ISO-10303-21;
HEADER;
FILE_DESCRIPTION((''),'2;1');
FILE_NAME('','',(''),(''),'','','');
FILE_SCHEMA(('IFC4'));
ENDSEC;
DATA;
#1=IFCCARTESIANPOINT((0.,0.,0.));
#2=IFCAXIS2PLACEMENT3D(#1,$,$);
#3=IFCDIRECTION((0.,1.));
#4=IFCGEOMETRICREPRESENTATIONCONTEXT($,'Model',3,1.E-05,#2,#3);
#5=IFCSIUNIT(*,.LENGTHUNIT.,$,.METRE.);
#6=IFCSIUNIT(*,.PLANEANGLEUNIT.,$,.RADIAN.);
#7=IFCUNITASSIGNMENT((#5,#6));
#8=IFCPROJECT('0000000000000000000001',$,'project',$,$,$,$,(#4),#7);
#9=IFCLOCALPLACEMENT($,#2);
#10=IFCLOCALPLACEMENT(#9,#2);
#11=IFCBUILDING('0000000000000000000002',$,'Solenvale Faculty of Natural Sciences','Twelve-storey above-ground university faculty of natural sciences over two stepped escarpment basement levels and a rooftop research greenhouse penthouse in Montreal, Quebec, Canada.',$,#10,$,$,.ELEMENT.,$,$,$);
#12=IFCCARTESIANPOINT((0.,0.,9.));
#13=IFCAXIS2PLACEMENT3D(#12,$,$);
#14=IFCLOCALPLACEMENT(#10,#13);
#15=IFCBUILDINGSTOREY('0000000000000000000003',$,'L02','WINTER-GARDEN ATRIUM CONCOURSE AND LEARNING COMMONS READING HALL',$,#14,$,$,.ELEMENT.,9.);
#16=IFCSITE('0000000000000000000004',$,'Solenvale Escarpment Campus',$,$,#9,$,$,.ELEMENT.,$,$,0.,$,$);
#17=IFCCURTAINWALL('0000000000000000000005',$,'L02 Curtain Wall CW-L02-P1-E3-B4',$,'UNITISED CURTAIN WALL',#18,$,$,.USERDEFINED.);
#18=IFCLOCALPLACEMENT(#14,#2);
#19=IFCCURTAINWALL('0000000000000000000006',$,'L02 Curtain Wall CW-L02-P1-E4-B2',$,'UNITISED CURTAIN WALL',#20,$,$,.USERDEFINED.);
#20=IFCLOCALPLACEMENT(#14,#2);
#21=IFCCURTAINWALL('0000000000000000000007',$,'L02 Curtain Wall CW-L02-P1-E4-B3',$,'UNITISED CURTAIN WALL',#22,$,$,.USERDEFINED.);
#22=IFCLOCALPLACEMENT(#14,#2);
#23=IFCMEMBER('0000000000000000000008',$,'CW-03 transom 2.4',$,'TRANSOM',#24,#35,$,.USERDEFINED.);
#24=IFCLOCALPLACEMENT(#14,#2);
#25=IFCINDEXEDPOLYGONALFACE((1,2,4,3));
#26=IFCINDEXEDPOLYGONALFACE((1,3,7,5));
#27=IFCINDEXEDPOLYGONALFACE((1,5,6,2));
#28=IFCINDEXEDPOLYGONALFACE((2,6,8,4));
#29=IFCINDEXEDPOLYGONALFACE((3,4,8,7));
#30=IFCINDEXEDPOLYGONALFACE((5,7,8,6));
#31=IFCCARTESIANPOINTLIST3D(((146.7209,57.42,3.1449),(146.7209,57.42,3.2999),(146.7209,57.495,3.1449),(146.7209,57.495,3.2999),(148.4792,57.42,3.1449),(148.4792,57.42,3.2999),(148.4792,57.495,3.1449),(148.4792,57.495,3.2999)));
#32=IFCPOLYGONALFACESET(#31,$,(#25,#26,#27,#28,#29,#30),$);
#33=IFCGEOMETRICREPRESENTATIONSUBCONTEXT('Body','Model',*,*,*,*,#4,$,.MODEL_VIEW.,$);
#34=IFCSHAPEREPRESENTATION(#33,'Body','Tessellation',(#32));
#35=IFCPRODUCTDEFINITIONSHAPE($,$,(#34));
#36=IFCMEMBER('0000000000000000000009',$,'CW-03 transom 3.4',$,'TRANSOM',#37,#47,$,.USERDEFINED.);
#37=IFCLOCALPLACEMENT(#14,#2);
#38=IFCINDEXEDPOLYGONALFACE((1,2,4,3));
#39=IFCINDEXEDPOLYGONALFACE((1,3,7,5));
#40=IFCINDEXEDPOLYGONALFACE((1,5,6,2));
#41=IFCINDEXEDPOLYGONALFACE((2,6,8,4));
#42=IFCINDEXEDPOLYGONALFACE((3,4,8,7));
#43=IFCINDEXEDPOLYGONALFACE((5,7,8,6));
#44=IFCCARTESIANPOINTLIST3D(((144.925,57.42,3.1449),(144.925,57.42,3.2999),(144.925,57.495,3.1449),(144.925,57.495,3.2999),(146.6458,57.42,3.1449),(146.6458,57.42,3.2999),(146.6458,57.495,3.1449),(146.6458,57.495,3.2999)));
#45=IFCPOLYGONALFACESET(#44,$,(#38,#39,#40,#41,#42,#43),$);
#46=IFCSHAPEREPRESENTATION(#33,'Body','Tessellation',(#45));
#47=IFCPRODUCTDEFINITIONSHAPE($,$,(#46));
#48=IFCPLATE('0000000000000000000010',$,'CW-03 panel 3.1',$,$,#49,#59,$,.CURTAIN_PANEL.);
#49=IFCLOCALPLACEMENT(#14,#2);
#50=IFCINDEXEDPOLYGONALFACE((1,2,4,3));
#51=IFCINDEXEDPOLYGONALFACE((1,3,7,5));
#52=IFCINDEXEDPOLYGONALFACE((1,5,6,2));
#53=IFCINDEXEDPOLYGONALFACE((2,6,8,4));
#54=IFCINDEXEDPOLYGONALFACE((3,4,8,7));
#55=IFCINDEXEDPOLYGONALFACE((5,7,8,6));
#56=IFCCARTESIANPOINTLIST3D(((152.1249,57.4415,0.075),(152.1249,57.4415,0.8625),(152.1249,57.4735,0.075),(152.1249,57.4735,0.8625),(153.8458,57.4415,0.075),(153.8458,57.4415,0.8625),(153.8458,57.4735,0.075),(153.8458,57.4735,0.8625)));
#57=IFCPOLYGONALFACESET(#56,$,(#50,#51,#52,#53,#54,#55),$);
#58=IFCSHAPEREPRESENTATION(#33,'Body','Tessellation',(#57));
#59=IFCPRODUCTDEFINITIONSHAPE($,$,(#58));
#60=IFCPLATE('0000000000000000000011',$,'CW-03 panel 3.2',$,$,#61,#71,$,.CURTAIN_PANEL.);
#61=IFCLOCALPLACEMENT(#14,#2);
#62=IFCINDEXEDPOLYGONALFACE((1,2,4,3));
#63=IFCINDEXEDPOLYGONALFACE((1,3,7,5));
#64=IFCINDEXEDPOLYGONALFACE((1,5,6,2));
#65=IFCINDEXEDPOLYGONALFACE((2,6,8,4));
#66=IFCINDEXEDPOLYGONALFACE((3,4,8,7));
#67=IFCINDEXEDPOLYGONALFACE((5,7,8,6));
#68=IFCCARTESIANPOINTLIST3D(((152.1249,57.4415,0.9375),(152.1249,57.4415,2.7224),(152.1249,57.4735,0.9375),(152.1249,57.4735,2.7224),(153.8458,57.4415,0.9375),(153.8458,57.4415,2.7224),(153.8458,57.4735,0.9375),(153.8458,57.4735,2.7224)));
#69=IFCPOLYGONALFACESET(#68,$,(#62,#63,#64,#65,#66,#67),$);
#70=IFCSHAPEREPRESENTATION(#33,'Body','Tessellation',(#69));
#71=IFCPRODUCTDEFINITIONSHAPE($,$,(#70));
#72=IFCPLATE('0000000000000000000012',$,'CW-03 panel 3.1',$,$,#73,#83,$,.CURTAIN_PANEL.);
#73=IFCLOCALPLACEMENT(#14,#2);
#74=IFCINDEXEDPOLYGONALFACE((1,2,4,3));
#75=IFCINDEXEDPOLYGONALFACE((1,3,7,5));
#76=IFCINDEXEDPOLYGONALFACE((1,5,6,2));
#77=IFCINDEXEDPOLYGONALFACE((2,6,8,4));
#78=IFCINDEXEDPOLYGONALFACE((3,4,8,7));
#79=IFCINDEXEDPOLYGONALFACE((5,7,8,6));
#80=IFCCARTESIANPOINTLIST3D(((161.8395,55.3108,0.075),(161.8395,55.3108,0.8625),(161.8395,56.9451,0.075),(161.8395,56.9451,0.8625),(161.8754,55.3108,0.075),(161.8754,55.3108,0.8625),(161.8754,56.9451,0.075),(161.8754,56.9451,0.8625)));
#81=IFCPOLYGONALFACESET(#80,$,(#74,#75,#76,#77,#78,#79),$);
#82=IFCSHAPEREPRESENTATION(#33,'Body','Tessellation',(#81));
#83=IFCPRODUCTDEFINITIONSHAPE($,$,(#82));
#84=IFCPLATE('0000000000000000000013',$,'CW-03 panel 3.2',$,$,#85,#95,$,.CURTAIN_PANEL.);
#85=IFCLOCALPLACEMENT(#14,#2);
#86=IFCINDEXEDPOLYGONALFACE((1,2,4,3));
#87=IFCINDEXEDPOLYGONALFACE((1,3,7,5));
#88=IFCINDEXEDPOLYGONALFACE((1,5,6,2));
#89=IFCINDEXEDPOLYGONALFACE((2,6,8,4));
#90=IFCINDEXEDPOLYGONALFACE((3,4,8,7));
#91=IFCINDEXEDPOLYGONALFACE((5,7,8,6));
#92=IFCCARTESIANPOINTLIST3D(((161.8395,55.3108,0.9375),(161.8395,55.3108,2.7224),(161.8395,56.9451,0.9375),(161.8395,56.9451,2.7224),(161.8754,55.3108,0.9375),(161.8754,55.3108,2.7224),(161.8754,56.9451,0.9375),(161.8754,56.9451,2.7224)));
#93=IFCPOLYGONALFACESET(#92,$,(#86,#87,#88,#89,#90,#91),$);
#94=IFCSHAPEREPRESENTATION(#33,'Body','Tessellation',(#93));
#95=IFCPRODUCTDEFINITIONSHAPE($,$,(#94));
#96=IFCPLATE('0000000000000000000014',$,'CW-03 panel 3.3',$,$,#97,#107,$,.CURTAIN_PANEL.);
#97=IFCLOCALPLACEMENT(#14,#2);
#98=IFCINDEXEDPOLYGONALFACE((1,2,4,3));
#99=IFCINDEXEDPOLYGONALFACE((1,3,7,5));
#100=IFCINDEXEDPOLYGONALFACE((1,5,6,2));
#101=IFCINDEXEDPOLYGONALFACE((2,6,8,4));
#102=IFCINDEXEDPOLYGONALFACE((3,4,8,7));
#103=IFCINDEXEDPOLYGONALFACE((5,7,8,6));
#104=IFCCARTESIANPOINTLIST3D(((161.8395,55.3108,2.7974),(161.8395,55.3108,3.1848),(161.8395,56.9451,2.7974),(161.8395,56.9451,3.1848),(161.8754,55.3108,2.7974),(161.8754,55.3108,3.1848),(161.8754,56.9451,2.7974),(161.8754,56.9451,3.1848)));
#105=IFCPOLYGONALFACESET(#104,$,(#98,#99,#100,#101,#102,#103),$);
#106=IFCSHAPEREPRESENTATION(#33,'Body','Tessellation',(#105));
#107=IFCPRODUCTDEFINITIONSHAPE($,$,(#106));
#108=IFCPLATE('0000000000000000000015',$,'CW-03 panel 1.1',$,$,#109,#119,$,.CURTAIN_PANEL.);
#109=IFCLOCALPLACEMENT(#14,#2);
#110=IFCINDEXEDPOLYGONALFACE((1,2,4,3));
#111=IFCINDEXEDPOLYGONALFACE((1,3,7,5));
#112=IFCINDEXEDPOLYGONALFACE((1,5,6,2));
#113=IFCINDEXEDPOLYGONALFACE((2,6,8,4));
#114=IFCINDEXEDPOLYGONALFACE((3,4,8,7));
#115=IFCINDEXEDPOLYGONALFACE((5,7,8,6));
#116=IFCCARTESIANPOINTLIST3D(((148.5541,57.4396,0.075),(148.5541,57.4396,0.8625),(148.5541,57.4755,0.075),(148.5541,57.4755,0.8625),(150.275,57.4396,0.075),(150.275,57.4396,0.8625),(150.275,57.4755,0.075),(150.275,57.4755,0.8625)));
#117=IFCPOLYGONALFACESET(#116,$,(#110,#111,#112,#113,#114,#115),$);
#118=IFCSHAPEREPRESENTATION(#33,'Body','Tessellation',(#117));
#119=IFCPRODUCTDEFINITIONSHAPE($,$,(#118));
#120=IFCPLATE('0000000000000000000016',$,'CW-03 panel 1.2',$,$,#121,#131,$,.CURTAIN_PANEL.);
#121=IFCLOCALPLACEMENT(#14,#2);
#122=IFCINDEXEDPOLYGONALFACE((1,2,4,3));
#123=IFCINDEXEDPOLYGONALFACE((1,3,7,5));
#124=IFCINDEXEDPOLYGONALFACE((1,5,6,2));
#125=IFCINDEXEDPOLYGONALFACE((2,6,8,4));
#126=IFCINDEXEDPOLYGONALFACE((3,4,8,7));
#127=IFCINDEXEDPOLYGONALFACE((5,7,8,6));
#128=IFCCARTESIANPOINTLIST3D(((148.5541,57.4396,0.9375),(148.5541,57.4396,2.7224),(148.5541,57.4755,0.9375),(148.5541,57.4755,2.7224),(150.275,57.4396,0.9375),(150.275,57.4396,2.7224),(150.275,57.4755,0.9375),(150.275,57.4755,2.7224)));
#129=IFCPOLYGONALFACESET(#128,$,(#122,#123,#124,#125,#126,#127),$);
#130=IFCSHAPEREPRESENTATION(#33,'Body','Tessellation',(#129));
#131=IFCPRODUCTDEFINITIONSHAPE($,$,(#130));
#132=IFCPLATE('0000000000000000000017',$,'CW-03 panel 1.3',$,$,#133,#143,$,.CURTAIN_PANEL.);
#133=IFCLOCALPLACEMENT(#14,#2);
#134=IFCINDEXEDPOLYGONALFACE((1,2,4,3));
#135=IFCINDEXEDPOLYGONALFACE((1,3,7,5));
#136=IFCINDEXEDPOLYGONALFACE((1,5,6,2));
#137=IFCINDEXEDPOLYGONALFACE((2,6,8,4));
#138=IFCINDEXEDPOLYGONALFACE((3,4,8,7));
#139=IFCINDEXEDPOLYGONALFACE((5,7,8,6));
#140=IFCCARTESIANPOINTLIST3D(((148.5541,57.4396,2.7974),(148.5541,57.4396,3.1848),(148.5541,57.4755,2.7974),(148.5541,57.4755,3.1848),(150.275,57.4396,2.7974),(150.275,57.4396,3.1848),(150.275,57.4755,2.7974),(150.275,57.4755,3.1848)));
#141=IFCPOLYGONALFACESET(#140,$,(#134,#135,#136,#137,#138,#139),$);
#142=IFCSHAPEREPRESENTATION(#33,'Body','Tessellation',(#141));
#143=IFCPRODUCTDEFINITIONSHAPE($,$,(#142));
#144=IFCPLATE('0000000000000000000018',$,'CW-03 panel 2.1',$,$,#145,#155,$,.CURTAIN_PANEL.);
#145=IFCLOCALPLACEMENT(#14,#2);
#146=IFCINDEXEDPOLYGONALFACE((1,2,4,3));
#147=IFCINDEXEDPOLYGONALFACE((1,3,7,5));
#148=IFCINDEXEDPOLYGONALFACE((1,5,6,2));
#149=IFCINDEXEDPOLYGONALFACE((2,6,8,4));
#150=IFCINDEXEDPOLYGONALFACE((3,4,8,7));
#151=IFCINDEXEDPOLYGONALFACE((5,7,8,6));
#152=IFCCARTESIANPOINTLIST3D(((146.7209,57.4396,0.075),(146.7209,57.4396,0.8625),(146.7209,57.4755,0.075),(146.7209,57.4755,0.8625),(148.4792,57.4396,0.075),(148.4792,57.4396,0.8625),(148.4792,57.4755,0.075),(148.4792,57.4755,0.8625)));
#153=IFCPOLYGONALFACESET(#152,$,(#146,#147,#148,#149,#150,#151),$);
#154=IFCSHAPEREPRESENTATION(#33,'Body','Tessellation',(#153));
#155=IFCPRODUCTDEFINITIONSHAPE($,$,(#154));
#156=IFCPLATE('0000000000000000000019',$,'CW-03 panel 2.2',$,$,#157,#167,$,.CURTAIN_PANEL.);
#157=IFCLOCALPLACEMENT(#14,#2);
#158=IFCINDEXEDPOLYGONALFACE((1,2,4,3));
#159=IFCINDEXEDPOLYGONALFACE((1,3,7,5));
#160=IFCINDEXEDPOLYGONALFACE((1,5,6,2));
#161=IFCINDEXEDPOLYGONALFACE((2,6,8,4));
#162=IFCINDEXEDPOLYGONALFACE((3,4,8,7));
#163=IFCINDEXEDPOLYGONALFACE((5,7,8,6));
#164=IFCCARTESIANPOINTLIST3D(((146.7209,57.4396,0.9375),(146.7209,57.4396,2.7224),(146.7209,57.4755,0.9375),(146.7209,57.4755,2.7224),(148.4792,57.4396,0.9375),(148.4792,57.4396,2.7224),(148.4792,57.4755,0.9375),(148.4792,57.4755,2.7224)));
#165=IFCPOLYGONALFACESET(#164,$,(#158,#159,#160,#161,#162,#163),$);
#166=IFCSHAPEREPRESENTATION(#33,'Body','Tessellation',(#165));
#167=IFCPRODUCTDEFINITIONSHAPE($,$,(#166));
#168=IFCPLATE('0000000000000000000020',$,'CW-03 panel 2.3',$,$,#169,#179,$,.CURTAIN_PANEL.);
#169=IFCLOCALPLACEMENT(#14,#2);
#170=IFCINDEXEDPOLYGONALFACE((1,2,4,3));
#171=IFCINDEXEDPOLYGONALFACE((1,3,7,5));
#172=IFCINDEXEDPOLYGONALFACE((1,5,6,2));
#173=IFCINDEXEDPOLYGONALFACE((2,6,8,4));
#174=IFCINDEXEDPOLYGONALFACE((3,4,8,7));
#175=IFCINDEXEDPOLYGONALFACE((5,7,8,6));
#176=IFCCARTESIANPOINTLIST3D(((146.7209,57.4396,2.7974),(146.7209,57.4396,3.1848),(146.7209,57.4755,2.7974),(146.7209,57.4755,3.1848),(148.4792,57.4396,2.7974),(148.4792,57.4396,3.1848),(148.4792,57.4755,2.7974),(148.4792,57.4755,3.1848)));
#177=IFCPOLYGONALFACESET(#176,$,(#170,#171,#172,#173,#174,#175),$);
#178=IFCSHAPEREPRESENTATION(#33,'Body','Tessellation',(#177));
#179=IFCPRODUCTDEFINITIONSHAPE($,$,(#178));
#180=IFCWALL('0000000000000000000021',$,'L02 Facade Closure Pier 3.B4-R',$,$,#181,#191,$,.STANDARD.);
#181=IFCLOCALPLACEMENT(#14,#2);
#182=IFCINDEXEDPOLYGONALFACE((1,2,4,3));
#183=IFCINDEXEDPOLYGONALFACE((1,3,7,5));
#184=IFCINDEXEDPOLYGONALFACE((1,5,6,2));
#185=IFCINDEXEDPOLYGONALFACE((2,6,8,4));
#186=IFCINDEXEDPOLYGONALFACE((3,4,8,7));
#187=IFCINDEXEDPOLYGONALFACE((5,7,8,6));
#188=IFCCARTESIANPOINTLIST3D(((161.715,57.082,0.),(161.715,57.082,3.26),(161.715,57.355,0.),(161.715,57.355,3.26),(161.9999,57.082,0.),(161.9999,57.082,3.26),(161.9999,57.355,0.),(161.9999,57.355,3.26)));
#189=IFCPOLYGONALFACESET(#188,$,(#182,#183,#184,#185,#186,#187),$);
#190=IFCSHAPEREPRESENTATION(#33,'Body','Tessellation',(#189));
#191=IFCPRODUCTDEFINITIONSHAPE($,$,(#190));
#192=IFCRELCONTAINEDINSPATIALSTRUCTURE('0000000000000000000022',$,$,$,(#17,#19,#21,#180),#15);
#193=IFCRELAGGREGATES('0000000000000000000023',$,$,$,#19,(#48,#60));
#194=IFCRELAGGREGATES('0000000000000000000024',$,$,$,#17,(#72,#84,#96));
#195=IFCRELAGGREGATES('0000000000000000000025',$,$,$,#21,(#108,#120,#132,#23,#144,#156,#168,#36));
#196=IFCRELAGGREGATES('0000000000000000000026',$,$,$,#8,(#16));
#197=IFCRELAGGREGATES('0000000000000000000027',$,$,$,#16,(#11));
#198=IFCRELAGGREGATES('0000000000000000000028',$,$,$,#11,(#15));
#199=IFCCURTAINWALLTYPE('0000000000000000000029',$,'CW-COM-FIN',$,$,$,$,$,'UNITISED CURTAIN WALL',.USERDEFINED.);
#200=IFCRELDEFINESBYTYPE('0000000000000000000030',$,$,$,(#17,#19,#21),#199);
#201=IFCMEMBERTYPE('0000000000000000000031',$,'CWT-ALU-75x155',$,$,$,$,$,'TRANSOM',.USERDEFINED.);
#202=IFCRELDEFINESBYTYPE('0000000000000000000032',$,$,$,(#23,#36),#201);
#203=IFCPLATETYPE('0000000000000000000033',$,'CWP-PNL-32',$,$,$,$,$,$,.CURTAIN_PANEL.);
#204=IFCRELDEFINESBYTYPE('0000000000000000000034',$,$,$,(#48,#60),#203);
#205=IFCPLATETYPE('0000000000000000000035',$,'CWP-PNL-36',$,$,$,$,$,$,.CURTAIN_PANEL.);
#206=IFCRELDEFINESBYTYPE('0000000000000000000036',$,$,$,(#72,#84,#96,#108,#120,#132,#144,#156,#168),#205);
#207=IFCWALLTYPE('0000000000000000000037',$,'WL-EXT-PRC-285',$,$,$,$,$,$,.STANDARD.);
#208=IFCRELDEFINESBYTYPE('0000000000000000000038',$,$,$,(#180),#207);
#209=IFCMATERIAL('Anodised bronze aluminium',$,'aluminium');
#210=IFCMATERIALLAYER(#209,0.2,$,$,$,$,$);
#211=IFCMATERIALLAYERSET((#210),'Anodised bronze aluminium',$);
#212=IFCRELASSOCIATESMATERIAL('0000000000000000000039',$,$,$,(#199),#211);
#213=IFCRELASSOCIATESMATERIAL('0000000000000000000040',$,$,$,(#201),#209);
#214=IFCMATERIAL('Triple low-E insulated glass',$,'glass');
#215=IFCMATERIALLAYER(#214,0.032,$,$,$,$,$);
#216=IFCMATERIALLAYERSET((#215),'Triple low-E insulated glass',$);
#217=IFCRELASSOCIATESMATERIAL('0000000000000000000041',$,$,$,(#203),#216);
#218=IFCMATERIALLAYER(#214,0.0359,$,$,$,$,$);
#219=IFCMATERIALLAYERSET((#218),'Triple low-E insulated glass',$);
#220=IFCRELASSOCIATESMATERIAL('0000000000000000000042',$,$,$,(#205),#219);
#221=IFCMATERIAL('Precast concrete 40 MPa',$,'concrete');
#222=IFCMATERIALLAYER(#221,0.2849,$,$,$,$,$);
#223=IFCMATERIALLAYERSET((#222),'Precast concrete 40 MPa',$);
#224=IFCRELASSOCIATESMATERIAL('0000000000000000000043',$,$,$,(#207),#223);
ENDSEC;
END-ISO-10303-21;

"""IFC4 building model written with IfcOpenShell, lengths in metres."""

from ifc_helpers import new_model, si_unit, direction, frame, frame_2d, origin, origin_2d, place, context, subcontext, project, spatial, rectangle, extrude, material, layer, layer_set, material_profile, profile_set, type_object, element, aggregate, save


model = new_model("IFC4")

# Units and contexts
model_context = context("Model", 3, precision=1e-05, world=origin(), true_north=direction((0.0, 1.0)))
body_context = subcontext(model_context, "Body", "Model", "MODEL_VIEW")
ifc_project = project(units=[si_unit("LENGTHUNIT", "METRE"), si_unit("PLANEANGLEUNIT", "RADIAN")], contexts=[model_context])

# Site, building, storey
site_placement = place(None, origin())
site = spatial("IfcSite", under=ifc_project, at=site_placement, Name="Solenvale Escarpment Campus", CompositionType="ELEMENT", RefElevation=0.0)
building_placement = place(site_placement, origin())
building = spatial("IfcBuilding", under=site, at=building_placement, Name="Solenvale Faculty of Natural Sciences", Description="Twelve-storey above-ground university faculty of natural sciences over two stepped escarpment basement levels and a rooftop research greenhouse penthouse in Montreal, Quebec, Canada.", CompositionType="ELEMENT")
storey_placement = place(building_placement, frame((0.0, 0.0, 9.0)))
storey = spatial("IfcBuildingStorey", under=building, at=storey_placement, Name="L02", Description="WINTER-GARDEN ATRIUM CONCOURSE AND LEARNING COMMONS READING HALL", CompositionType="ELEMENT", Elevation=9.0)

# Curtain walls
ifc_material_1 = material(Name="Anodised bronze aluminium", Category="aluminium")
ifc_layer_1 = layer(ifc_material_1, 0.2)
ifc_layer_set_1 = layer_set([ifc_layer_1], Name="Anodised bronze aluminium")
curtain_wall_type = type_object("IfcCurtainWallType", Name="CW-COM-FIN", ElementType="UNITISED CURTAIN WALL", PredefinedType="USERDEFINED", material=ifc_layer_set_1)
curtain_wall_1_placement = place(storey_placement, origin())
curtain_wall_1 = element("IfcCurtainWall", 1, at=curtain_wall_1_placement, inside=storey, type_object=curtain_wall_type, Name="L02 Curtain Wall CW-L02-P1-E3-B4", ObjectType="UNITISED CURTAIN WALL", PredefinedType="USERDEFINED")
curtain_wall_2_placement = place(storey_placement, origin())
curtain_wall_2 = element("IfcCurtainWall", 2, at=curtain_wall_2_placement, inside=storey, type_object=curtain_wall_type, Name="L02 Curtain Wall CW-L02-P1-E4-B2", ObjectType="UNITISED CURTAIN WALL", PredefinedType="USERDEFINED")

# Curtain wall
curtain_wall_3_placement = place(storey_placement, origin())
curtain_wall_3 = element("IfcCurtainWall", 3, at=curtain_wall_3_placement, inside=storey, type_object=curtain_wall_type, Name="L02 Curtain Wall CW-L02-P1-E4-B3", ObjectType="UNITISED CURTAIN WALL", PredefinedType="USERDEFINED")

# Members
ifc_material_profile_1 = material_profile(ifc_material_1, rectangle(XDim=0.075, YDim=0.155, at=origin_2d()), Name="ALU-TRN-75x155")
ifc_profile_set_1 = profile_set([ifc_material_profile_1], Name="Anodised bronze aluminium")
member_type_1 = type_object("IfcMemberType", Name="CWT-ALU-75x155", ElementType="TRANSOM", PredefinedType="USERDEFINED", material=ifc_profile_set_1)
member_1_placement = place(storey_placement, frame((148.4792, 57.4575, 3.2224), z_axis=(-1.0, 0.0, 0.0), x_axis=(0.0, -1.0, 0.0)))
member_1 = element("IfcMember", 4, at=member_1_placement, type_object=member_type_1, Name="CW-03 transom 2.4", ObjectType="TRANSOM", PredefinedType="USERDEFINED", context=body_context, shape_type="SweptSolid", body=[
    extrude(rectangle(XDim=0.075, YDim=0.155, at=origin_2d()), origin(), (0.0, 0.0, 1.0), 1.7583),
])
member_2_placement = place(storey_placement, frame((146.6458, 57.4575, 3.2224), z_axis=(-1.0, 0.0, 0.0), x_axis=(0.0, -1.0, 0.0)))
member_2 = element("IfcMember", 5, at=member_2_placement, type_object=member_type_1, Name="CW-03 transom 3.4", ObjectType="TRANSOM", PredefinedType="USERDEFINED", context=body_context, shape_type="SweptSolid", body=[
    extrude(rectangle(XDim=0.075, YDim=0.155, at=origin_2d()), origin(), (0.0, 0.0, 1.0), 1.7207),
])

# Plates
ifc_material_2 = material(Name="Triple low-E insulated glass", Category="glass")
ifc_layer_2 = layer(ifc_material_2, 0.032)
ifc_layer_set_2 = layer_set([ifc_layer_2], Name="Triple low-E insulated glass")
plate_type_1 = type_object("IfcPlateType", Name="CWP-PNL-32", PredefinedType="CURTAIN_PANEL", material=ifc_layer_set_2)
plate_1_placement = place(storey_placement, frame((152.9854, 57.4575, 0.075), z_axis=(0.0, 0.0, 1.0), x_axis=(-1.0, 0.0, 0.0)))
plate_1 = element("IfcPlate", 6, at=plate_1_placement, type_object=plate_type_1, Name="CW-03 panel 3.1", PredefinedType="CURTAIN_PANEL", context=body_context, shape_type="SweptSolid", body=[
    extrude(rectangle(XDim=1.7209, YDim=0.032, at=origin_2d()), origin(), (0.0, 0.0, 1.0), 0.7876),
])
plate_2_placement = place(storey_placement, frame((152.9854, 57.4575, 0.9375), z_axis=(0.0, 0.0, 1.0), x_axis=(-1.0, 0.0, 0.0)))
plate_2 = element("IfcPlate", 7, at=plate_2_placement, type_object=plate_type_1, Name="CW-03 panel 3.2", PredefinedType="CURTAIN_PANEL", context=body_context, shape_type="SweptSolid", body=[
    extrude(rectangle(XDim=1.7209, YDim=0.032, at=origin_2d()), origin(), (0.0, 0.0, 1.0), 1.7849),
])
aggregate(curtain_wall_2, [plate_1, plate_2])
ifc_layer_3 = layer(ifc_material_2, 0.0359)
ifc_layer_set_3 = layer_set([ifc_layer_3], Name="Triple low-E insulated glass")
plate_type_2 = type_object("IfcPlateType", Name="CWP-PNL-36", PredefinedType="CURTAIN_PANEL", material=ifc_layer_set_3)
plate_3_placement = place(storey_placement, frame((161.8574, 56.1279, 0.075), z_axis=(0.0, 0.0, 1.0), x_axis=(0.0, 1.0, 0.0)))
plate_3 = element("IfcPlate", 8, at=plate_3_placement, type_object=plate_type_2, Name="CW-03 panel 3.1", PredefinedType="CURTAIN_PANEL", context=body_context, shape_type="SweptSolid", body=[
    extrude(rectangle(XDim=1.6343, YDim=0.0359, at=origin_2d()), origin(), (0.0, 0.0, 1.0), 0.7876),
])
plate_4_placement = place(storey_placement, frame((161.8574, 56.1279, 0.9375), z_axis=(0.0, 0.0, 1.0), x_axis=(0.0, 1.0, 0.0)))
plate_4 = element("IfcPlate", 9, at=plate_4_placement, type_object=plate_type_2, Name="CW-03 panel 3.2", PredefinedType="CURTAIN_PANEL", context=body_context, shape_type="SweptSolid", body=[
    extrude(rectangle(XDim=1.6343, YDim=0.0359, at=origin_2d()), origin(), (0.0, 0.0, 1.0), 1.7849),
])
plate_5_placement = place(storey_placement, frame((161.8574, 56.1279, 2.7974), z_axis=(0.0, 0.0, 1.0), x_axis=(0.0, 1.0, 0.0)))
plate_5 = element("IfcPlate", 10, at=plate_5_placement, type_object=plate_type_2, Name="CW-03 panel 3.3", PredefinedType="CURTAIN_PANEL", context=body_context, shape_type="SweptSolid", body=[
    extrude(rectangle(XDim=1.6343, YDim=0.0359, at=origin_2d()), origin(), (0.0, 0.0, 1.0), 0.3875),
])
aggregate(curtain_wall_1, [plate_3, plate_4, plate_5])
plate_6_placement = place(storey_placement, frame((149.4146, 57.4575, 0.075), z_axis=(0.0, 0.0, 1.0), x_axis=(-1.0, 0.0, 0.0)))
plate_6 = element("IfcPlate", 11, at=plate_6_placement, type_object=plate_type_2, Name="CW-03 panel 1.1", PredefinedType="CURTAIN_PANEL", context=body_context, shape_type="SweptSolid", body=[
    extrude(rectangle(XDim=1.7209, YDim=0.0359, at=origin_2d()), origin(), (0.0, 0.0, 1.0), 0.7876),
])
plate_7_placement = place(storey_placement, frame((149.4146, 57.4575, 0.9375), z_axis=(0.0, 0.0, 1.0), x_axis=(-1.0, 0.0, 0.0)))
plate_7 = element("IfcPlate", 12, at=plate_7_placement, type_object=plate_type_2, Name="CW-03 panel 1.2", PredefinedType="CURTAIN_PANEL", context=body_context, shape_type="SweptSolid", body=[
    extrude(rectangle(XDim=1.7209, YDim=0.0359, at=origin_2d()), origin(), (0.0, 0.0, 1.0), 1.7849),
])
plate_8_placement = place(storey_placement, frame((149.4146, 57.4575, 2.7974), z_axis=(0.0, 0.0, 1.0), x_axis=(-1.0, 0.0, 0.0)))
plate_8 = element("IfcPlate", 13, at=plate_8_placement, type_object=plate_type_2, Name="CW-03 panel 1.3", PredefinedType="CURTAIN_PANEL", context=body_context, shape_type="SweptSolid", body=[
    extrude(rectangle(XDim=1.7209, YDim=0.0359, at=origin_2d()), origin(), (0.0, 0.0, 1.0), 0.3875),
])
plate_9_placement = place(storey_placement, frame((147.6001, 57.4575, 0.075), z_axis=(0.0, 0.0, 1.0), x_axis=(-1.0, 0.0, 0.0)))
plate_9 = element("IfcPlate", 14, at=plate_9_placement, type_object=plate_type_2, Name="CW-03 panel 2.1", PredefinedType="CURTAIN_PANEL", context=body_context, shape_type="SweptSolid", body=[
    extrude(rectangle(XDim=1.7583, YDim=0.0359, at=origin_2d()), origin(), (0.0, 0.0, 1.0), 0.7876),
])
plate_10_placement = place(storey_placement, frame((147.6001, 57.4575, 0.9375), z_axis=(0.0, 0.0, 1.0), x_axis=(-1.0, 0.0, 0.0)))
plate_10 = element("IfcPlate", 15, at=plate_10_placement, type_object=plate_type_2, Name="CW-03 panel 2.2", PredefinedType="CURTAIN_PANEL", context=body_context, shape_type="SweptSolid", body=[
    extrude(rectangle(XDim=1.7583, YDim=0.0359, at=origin_2d()), origin(), (0.0, 0.0, 1.0), 1.7849),
])
plate_11_placement = place(storey_placement, frame((147.6001, 57.4575, 2.7974), z_axis=(0.0, 0.0, 1.0), x_axis=(-1.0, 0.0, 0.0)))
plate_11 = element("IfcPlate", 16, at=plate_11_placement, type_object=plate_type_2, Name="CW-03 panel 2.3", PredefinedType="CURTAIN_PANEL", context=body_context, shape_type="SweptSolid", body=[
    extrude(rectangle(XDim=1.7583, YDim=0.0359, at=origin_2d()), origin(), (0.0, 0.0, 1.0), 0.3875),
])
aggregate(curtain_wall_3, [plate_6, plate_7, plate_8, member_1, plate_9, plate_10, plate_11, member_2])

# Wall
ifc_material_3 = material(Name="Precast concrete 40 MPa", Category="concrete")
ifc_layer_4 = layer(ifc_material_3, 0.2849)
ifc_layer_set_4 = layer_set([ifc_layer_4], Name="Precast concrete 40 MPa")
wall_type = type_object("IfcWallType", Name="WL-EXT-PRC-285", PredefinedType="STANDARD", material=ifc_layer_set_4)
wall_1_placement = place(storey_placement, frame((161.8574, 57.082, 0.0), z_axis=(0.0, 0.0, 1.0), x_axis=(0.0, 1.0, 0.0)))
element("IfcWall", 17, at=wall_1_placement, inside=storey, type_object=wall_type, Name="L02 Facade Closure Pier 3.B4-R", PredefinedType="STANDARD", context=body_context, shape_type="SweptSolid", body=[
    extrude(rectangle(XDim=0.2729, YDim=0.2849, at=frame_2d((0.1365, 0.0))), origin(), (0.0, 0.0, 1.0), 3.26),
])

save(model, "model.ifc")
